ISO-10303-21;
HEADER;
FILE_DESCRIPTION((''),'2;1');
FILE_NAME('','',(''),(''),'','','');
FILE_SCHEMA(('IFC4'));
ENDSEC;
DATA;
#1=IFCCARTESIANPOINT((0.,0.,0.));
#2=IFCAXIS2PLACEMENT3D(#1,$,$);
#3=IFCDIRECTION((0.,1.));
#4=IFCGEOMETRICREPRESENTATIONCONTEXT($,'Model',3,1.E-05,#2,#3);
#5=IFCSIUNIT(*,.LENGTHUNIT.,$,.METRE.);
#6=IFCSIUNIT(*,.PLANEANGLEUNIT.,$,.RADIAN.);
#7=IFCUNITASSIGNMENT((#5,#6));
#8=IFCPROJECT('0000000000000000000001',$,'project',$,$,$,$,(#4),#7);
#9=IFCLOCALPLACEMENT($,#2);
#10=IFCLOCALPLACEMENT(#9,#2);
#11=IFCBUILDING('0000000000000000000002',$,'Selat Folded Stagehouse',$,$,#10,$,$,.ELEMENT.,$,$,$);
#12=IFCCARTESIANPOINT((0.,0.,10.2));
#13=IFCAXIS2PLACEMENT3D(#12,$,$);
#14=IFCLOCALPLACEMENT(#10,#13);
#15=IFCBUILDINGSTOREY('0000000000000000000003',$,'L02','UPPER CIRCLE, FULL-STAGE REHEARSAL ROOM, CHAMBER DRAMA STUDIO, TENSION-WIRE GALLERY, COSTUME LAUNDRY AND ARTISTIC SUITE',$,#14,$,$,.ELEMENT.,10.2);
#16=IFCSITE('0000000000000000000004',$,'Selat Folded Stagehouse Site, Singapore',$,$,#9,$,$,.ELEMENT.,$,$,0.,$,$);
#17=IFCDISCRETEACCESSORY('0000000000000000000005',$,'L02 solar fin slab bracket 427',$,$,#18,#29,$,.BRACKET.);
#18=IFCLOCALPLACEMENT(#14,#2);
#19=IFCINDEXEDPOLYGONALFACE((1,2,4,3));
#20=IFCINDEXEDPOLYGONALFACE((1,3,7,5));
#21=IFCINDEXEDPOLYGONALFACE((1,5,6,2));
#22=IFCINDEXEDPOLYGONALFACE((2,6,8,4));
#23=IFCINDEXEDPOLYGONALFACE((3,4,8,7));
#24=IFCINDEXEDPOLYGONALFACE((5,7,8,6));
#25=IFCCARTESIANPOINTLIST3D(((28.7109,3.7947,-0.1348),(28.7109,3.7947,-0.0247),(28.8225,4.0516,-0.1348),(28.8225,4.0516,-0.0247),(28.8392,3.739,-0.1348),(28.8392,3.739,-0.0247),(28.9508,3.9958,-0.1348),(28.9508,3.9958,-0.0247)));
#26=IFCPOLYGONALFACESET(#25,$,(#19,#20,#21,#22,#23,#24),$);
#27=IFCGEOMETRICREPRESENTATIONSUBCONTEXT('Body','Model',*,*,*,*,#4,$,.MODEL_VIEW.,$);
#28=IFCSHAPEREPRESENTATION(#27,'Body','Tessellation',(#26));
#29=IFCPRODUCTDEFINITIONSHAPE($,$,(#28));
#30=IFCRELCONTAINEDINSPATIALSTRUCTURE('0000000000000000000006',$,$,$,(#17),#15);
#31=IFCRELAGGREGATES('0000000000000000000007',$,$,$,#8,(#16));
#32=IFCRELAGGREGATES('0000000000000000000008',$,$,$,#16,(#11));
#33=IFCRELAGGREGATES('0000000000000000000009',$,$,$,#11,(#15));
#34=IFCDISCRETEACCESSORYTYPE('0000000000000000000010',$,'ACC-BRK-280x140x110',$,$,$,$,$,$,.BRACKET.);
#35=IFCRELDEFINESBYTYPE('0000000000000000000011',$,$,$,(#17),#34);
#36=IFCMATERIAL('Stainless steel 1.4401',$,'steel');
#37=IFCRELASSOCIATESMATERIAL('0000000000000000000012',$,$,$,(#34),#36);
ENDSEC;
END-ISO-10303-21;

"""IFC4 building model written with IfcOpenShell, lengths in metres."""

from ifc_helpers import new_model, si_unit, direction, frame, origin, origin_2d, place, context, subcontext, project, spatial, rectangle, extrude, material, type_object, element, save


model = new_model("IFC4")

# Units and contexts
model_context = context("Model", 3, precision=1e-05, world=origin(), true_north=direction((0.0, 1.0)))
body_context = subcontext(model_context, "Body", "Model", "MODEL_VIEW")
ifc_project = project(units=[si_unit("LENGTHUNIT", "METRE"), si_unit("PLANEANGLEUNIT", "RADIAN")], contexts=[model_context])

# Site, building, storey
site_placement = place(None, origin())
site = spatial("IfcSite", under=ifc_project, at=site_placement, Name="Selat Folded Stagehouse Site, Singapore", CompositionType="ELEMENT", RefElevation=0.0)
building_placement = place(site_placement, origin())
building = spatial("IfcBuilding", under=site, at=building_placement, Name="Selat Folded Stagehouse", CompositionType="ELEMENT")
storey_placement = place(building_placement, frame((0.0, 0.0, 10.2)))
storey = spatial("IfcBuildingStorey", under=building, at=storey_placement, Name="L02", Description="UPPER CIRCLE, FULL-STAGE REHEARSAL ROOM, CHAMBER DRAMA STUDIO, TENSION-WIRE GALLERY, COSTUME LAUNDRY AND ARTISTIC SUITE", CompositionType="ELEMENT", Elevation=10.2)

# Discrete accessory
ifc_material_1 = material(Name="Stainless steel 1.4401", Category="steel")
discrete_accessory_type = type_object("IfcDiscreteAccessoryType", Name="ACC-BRK-280x140x110", PredefinedType="BRACKET", material=ifc_material_1)
discrete_accessory_placement = place(storey_placement, frame((28.8308, 3.8953, -0.1348), z_axis=(0.0, 0.0, 1.0), x_axis=(-0.398589, -0.91713, 0.0)))
element("IfcDiscreteAccessory", 1, at=discrete_accessory_placement, inside=storey, type_object=discrete_accessory_type, Name="L02 solar fin slab bracket 427", PredefinedType="BRACKET", context=body_context, shape_type="SweptSolid", body=[
    extrude(rectangle(XDim=0.28, YDim=0.1399, at=origin_2d()), origin(), (0.0, 0.0, 1.0), 0.1101),
])

save(model, "model.ifc")
